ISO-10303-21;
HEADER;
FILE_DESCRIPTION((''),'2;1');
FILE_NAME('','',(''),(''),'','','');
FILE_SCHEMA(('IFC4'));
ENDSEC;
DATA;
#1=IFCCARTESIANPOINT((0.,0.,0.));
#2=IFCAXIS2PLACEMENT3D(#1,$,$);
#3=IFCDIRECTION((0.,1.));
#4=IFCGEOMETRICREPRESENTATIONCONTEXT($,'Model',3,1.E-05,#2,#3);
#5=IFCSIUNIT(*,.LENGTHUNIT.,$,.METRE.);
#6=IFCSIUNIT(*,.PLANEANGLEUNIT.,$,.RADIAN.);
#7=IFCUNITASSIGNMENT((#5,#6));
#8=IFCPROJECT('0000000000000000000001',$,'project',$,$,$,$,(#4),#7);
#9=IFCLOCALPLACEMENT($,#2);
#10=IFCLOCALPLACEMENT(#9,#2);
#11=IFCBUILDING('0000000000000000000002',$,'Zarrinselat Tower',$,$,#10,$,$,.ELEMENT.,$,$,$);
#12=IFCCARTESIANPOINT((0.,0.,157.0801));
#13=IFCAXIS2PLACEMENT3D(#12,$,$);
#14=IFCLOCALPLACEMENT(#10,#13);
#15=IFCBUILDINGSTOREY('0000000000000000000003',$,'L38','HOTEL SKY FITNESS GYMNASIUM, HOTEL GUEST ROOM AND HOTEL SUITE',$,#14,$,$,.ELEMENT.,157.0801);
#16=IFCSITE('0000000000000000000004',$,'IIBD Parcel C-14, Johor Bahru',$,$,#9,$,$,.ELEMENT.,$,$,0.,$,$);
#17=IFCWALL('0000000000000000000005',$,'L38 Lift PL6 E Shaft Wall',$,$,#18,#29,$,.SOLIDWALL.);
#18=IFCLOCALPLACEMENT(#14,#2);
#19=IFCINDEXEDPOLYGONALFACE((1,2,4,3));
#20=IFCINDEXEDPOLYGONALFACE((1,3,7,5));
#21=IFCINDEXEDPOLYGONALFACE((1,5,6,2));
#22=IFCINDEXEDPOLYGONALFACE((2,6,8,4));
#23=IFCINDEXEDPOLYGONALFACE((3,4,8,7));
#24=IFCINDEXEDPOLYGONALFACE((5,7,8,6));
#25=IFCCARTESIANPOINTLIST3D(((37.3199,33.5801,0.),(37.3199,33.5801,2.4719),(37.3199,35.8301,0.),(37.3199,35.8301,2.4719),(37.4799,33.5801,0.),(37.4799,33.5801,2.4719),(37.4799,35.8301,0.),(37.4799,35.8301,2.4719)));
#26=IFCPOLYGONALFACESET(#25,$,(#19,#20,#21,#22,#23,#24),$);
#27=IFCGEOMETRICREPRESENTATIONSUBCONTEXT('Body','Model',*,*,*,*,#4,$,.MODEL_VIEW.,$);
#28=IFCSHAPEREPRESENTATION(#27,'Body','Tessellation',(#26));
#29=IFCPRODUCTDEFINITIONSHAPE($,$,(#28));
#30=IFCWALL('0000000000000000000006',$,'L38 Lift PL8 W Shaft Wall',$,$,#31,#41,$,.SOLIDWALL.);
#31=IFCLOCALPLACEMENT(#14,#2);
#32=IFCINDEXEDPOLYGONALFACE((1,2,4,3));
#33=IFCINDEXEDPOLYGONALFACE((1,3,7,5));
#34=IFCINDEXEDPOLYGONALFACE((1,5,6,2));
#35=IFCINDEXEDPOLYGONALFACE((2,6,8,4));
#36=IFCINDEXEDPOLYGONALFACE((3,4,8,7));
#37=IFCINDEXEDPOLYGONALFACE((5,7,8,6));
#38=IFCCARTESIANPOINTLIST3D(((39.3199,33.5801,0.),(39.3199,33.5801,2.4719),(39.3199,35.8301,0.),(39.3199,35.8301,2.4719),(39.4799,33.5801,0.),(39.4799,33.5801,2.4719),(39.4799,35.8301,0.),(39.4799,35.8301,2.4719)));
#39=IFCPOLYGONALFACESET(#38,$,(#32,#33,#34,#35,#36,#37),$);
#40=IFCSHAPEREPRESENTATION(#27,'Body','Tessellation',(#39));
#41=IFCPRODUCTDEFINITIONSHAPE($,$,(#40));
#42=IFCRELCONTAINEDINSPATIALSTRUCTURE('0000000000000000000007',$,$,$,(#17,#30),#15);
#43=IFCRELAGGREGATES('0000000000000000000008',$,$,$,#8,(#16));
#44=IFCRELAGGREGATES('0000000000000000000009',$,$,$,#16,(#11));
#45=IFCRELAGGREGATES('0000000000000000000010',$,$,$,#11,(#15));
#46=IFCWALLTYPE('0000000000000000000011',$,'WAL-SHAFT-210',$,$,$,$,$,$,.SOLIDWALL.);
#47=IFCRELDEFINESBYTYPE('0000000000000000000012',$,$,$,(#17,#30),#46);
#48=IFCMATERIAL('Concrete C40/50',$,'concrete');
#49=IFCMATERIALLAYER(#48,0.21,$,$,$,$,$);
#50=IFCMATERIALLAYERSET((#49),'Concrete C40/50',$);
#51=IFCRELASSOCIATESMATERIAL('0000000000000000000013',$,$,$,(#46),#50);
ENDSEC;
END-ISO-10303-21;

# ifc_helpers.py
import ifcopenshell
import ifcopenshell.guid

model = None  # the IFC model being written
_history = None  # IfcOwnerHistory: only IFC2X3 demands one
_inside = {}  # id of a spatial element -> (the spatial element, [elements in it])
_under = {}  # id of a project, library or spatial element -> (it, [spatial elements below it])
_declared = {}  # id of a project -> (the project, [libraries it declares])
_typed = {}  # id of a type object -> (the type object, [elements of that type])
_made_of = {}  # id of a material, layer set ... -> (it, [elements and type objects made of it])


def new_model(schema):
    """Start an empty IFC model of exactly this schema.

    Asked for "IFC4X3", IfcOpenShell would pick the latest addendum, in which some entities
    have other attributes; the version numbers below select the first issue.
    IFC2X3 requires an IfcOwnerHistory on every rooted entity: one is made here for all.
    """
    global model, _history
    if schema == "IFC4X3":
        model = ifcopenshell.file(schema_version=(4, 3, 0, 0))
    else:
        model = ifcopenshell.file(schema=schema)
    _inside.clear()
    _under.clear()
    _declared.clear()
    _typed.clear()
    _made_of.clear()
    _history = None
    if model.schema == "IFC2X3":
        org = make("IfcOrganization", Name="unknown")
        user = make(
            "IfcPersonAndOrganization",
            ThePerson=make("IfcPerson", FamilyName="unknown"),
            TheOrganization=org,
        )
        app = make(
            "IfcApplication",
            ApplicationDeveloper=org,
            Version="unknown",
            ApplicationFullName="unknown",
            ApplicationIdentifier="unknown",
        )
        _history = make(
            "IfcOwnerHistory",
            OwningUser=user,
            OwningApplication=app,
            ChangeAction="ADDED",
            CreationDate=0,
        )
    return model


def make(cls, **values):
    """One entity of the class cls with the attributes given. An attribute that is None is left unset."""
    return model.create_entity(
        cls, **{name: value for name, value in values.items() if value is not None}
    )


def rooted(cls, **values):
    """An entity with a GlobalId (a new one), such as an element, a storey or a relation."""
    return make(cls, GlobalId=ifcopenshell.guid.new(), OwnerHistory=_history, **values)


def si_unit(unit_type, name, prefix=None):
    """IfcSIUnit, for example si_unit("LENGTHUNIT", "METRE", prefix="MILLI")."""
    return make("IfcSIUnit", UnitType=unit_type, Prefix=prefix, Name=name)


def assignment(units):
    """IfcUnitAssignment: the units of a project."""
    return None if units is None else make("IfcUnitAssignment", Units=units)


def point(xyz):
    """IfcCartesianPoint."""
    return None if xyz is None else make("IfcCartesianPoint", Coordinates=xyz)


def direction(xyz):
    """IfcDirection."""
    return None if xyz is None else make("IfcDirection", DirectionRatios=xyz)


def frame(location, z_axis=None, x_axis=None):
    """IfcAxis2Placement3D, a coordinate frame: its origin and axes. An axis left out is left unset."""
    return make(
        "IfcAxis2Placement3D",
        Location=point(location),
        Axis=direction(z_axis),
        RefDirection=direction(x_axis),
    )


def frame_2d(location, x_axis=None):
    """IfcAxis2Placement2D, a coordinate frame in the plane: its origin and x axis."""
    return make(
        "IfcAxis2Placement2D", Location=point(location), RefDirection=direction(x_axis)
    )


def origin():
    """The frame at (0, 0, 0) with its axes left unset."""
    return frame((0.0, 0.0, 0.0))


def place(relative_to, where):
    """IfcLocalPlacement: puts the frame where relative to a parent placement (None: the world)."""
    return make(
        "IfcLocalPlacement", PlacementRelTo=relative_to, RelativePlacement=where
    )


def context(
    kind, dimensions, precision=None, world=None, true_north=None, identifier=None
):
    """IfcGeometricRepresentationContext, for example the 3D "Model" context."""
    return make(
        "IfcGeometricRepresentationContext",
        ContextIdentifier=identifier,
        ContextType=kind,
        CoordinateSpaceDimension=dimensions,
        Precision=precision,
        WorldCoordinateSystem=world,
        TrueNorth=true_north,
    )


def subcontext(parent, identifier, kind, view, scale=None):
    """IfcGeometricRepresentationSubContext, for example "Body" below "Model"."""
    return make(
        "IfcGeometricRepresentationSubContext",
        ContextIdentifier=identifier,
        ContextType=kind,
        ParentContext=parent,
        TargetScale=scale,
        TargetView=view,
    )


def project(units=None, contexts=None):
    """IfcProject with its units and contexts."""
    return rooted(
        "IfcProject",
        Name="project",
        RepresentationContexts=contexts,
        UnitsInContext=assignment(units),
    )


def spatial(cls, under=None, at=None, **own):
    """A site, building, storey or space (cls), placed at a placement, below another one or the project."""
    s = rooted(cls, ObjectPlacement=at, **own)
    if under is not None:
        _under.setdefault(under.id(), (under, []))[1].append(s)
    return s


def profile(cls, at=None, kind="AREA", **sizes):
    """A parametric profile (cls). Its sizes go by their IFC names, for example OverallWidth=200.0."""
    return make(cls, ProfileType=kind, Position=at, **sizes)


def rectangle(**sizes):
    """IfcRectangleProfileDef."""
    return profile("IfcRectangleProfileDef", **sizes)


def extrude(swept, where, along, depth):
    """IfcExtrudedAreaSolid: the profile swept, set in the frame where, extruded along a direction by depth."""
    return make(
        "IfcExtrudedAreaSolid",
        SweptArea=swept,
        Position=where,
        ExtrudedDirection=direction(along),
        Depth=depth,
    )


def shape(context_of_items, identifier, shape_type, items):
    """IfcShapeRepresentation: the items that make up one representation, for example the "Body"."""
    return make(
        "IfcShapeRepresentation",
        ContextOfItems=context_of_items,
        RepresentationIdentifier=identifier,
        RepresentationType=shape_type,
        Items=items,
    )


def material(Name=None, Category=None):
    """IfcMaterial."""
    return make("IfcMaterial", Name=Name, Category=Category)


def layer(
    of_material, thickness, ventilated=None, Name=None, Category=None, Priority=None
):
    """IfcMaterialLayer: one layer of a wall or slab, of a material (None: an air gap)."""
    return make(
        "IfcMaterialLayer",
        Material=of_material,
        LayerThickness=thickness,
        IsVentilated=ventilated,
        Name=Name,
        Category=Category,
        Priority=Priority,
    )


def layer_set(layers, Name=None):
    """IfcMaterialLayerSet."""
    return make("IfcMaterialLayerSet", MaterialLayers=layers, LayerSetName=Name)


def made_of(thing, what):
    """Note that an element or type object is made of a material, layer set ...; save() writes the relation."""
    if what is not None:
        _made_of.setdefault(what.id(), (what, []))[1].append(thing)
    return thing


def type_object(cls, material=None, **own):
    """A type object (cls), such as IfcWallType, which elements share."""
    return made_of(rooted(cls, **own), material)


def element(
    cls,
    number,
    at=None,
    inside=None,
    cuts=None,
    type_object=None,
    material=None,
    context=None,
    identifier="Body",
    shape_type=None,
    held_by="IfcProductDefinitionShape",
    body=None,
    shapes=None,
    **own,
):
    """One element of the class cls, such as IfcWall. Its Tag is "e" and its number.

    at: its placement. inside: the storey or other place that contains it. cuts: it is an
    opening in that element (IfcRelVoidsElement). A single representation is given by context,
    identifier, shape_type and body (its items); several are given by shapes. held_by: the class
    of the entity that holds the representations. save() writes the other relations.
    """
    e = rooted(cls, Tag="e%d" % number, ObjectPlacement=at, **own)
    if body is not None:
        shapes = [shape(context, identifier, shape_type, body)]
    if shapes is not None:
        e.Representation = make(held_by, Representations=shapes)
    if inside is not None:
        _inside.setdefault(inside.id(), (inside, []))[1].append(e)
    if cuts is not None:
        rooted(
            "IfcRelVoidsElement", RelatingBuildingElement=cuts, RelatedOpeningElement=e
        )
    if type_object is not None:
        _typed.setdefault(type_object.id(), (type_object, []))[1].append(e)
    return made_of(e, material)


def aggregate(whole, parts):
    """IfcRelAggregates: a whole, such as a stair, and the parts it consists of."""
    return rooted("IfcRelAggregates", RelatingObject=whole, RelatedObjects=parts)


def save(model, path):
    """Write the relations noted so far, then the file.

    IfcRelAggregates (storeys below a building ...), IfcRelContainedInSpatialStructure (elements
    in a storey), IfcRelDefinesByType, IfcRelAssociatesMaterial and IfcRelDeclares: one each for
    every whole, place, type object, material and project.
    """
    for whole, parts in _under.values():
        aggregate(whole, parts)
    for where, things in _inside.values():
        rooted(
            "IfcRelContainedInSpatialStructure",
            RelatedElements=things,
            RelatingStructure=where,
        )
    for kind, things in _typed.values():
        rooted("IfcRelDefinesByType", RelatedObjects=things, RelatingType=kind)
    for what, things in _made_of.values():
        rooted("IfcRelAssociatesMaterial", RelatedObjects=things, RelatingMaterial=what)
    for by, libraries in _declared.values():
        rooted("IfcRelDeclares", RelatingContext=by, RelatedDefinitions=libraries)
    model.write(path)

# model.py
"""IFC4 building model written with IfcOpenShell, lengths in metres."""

from ifc_helpers import new_model, si_unit, direction, frame, frame_2d, origin, place, context, subcontext, project, spatial, rectangle, extrude, material, layer, layer_set, type_object, element, save


model = new_model("IFC4")

# Units and contexts
model_context = context("Model", 3, precision=1e-05, world=origin(), true_north=direction((0.0, 1.0)))
body_context = subcontext(model_context, "Body", "Model", "MODEL_VIEW")
ifc_project = project(units=[si_unit("LENGTHUNIT", "METRE"), si_unit("PLANEANGLEUNIT", "RADIAN")], contexts=[model_context])

# Site, building, storey
site_placement = place(None, origin())
site = spatial("IfcSite", under=ifc_project, at=site_placement, Name="IIBD Parcel C-14, Johor Bahru", CompositionType="ELEMENT", RefElevation=0.0)
building_placement = place(site_placement, origin())
building = spatial("IfcBuilding", under=site, at=building_placement, Name="Zarrinselat Tower", CompositionType="ELEMENT")
storey_placement = place(building_placement, frame((0.0, 0.0, 157.0801)))
storey = spatial("IfcBuildingStorey", under=building, at=storey_placement, Name="L38", Description="HOTEL SKY FITNESS GYMNASIUM, HOTEL GUEST ROOM AND HOTEL SUITE", CompositionType="ELEMENT", Elevation=157.0801)

# Walls
ifc_material_1 = material(Name="Concrete C40/50", Category="concrete")
ifc_layer_1 = layer(ifc_material_1, 0.21)
ifc_layer_set_1 = layer_set([ifc_layer_1], Name="Concrete C40/50")
wall_type_1 = type_object("IfcWallType", Name="WAL-SHAFT-210", PredefinedType="SOLIDWALL", material=ifc_layer_set_1)
for number, where, z_axis, x_axis, name in (
    (1, (37.3999, 33.5801, 0.0), (0.0, 0.0, 1.0), (0.0, 1.0, 0.0), "L38 Lift PL6 E Shaft Wall"),
    (2, (39.3999, 33.5801, 0.0), (0.0, 0.0, 1.0), (0.0, 1.0, 0.0), "L38 Lift PL8 W Shaft Wall"),
):
    element("IfcWall", number, at=place(storey_placement, frame(where, z_axis=z_axis, x_axis=x_axis)), inside=storey, type_object=wall_type_1, Name=name, PredefinedType="SOLIDWALL", context=body_context, shape_type="SweptSolid", body=[
        extrude(rectangle(XDim=2.25, YDim=0.1599, at=frame_2d((1.125, 0.0))), origin(), (0.0, 0.0, 1.0), 2.4719),
    ])

save(model, "model.ifc")
